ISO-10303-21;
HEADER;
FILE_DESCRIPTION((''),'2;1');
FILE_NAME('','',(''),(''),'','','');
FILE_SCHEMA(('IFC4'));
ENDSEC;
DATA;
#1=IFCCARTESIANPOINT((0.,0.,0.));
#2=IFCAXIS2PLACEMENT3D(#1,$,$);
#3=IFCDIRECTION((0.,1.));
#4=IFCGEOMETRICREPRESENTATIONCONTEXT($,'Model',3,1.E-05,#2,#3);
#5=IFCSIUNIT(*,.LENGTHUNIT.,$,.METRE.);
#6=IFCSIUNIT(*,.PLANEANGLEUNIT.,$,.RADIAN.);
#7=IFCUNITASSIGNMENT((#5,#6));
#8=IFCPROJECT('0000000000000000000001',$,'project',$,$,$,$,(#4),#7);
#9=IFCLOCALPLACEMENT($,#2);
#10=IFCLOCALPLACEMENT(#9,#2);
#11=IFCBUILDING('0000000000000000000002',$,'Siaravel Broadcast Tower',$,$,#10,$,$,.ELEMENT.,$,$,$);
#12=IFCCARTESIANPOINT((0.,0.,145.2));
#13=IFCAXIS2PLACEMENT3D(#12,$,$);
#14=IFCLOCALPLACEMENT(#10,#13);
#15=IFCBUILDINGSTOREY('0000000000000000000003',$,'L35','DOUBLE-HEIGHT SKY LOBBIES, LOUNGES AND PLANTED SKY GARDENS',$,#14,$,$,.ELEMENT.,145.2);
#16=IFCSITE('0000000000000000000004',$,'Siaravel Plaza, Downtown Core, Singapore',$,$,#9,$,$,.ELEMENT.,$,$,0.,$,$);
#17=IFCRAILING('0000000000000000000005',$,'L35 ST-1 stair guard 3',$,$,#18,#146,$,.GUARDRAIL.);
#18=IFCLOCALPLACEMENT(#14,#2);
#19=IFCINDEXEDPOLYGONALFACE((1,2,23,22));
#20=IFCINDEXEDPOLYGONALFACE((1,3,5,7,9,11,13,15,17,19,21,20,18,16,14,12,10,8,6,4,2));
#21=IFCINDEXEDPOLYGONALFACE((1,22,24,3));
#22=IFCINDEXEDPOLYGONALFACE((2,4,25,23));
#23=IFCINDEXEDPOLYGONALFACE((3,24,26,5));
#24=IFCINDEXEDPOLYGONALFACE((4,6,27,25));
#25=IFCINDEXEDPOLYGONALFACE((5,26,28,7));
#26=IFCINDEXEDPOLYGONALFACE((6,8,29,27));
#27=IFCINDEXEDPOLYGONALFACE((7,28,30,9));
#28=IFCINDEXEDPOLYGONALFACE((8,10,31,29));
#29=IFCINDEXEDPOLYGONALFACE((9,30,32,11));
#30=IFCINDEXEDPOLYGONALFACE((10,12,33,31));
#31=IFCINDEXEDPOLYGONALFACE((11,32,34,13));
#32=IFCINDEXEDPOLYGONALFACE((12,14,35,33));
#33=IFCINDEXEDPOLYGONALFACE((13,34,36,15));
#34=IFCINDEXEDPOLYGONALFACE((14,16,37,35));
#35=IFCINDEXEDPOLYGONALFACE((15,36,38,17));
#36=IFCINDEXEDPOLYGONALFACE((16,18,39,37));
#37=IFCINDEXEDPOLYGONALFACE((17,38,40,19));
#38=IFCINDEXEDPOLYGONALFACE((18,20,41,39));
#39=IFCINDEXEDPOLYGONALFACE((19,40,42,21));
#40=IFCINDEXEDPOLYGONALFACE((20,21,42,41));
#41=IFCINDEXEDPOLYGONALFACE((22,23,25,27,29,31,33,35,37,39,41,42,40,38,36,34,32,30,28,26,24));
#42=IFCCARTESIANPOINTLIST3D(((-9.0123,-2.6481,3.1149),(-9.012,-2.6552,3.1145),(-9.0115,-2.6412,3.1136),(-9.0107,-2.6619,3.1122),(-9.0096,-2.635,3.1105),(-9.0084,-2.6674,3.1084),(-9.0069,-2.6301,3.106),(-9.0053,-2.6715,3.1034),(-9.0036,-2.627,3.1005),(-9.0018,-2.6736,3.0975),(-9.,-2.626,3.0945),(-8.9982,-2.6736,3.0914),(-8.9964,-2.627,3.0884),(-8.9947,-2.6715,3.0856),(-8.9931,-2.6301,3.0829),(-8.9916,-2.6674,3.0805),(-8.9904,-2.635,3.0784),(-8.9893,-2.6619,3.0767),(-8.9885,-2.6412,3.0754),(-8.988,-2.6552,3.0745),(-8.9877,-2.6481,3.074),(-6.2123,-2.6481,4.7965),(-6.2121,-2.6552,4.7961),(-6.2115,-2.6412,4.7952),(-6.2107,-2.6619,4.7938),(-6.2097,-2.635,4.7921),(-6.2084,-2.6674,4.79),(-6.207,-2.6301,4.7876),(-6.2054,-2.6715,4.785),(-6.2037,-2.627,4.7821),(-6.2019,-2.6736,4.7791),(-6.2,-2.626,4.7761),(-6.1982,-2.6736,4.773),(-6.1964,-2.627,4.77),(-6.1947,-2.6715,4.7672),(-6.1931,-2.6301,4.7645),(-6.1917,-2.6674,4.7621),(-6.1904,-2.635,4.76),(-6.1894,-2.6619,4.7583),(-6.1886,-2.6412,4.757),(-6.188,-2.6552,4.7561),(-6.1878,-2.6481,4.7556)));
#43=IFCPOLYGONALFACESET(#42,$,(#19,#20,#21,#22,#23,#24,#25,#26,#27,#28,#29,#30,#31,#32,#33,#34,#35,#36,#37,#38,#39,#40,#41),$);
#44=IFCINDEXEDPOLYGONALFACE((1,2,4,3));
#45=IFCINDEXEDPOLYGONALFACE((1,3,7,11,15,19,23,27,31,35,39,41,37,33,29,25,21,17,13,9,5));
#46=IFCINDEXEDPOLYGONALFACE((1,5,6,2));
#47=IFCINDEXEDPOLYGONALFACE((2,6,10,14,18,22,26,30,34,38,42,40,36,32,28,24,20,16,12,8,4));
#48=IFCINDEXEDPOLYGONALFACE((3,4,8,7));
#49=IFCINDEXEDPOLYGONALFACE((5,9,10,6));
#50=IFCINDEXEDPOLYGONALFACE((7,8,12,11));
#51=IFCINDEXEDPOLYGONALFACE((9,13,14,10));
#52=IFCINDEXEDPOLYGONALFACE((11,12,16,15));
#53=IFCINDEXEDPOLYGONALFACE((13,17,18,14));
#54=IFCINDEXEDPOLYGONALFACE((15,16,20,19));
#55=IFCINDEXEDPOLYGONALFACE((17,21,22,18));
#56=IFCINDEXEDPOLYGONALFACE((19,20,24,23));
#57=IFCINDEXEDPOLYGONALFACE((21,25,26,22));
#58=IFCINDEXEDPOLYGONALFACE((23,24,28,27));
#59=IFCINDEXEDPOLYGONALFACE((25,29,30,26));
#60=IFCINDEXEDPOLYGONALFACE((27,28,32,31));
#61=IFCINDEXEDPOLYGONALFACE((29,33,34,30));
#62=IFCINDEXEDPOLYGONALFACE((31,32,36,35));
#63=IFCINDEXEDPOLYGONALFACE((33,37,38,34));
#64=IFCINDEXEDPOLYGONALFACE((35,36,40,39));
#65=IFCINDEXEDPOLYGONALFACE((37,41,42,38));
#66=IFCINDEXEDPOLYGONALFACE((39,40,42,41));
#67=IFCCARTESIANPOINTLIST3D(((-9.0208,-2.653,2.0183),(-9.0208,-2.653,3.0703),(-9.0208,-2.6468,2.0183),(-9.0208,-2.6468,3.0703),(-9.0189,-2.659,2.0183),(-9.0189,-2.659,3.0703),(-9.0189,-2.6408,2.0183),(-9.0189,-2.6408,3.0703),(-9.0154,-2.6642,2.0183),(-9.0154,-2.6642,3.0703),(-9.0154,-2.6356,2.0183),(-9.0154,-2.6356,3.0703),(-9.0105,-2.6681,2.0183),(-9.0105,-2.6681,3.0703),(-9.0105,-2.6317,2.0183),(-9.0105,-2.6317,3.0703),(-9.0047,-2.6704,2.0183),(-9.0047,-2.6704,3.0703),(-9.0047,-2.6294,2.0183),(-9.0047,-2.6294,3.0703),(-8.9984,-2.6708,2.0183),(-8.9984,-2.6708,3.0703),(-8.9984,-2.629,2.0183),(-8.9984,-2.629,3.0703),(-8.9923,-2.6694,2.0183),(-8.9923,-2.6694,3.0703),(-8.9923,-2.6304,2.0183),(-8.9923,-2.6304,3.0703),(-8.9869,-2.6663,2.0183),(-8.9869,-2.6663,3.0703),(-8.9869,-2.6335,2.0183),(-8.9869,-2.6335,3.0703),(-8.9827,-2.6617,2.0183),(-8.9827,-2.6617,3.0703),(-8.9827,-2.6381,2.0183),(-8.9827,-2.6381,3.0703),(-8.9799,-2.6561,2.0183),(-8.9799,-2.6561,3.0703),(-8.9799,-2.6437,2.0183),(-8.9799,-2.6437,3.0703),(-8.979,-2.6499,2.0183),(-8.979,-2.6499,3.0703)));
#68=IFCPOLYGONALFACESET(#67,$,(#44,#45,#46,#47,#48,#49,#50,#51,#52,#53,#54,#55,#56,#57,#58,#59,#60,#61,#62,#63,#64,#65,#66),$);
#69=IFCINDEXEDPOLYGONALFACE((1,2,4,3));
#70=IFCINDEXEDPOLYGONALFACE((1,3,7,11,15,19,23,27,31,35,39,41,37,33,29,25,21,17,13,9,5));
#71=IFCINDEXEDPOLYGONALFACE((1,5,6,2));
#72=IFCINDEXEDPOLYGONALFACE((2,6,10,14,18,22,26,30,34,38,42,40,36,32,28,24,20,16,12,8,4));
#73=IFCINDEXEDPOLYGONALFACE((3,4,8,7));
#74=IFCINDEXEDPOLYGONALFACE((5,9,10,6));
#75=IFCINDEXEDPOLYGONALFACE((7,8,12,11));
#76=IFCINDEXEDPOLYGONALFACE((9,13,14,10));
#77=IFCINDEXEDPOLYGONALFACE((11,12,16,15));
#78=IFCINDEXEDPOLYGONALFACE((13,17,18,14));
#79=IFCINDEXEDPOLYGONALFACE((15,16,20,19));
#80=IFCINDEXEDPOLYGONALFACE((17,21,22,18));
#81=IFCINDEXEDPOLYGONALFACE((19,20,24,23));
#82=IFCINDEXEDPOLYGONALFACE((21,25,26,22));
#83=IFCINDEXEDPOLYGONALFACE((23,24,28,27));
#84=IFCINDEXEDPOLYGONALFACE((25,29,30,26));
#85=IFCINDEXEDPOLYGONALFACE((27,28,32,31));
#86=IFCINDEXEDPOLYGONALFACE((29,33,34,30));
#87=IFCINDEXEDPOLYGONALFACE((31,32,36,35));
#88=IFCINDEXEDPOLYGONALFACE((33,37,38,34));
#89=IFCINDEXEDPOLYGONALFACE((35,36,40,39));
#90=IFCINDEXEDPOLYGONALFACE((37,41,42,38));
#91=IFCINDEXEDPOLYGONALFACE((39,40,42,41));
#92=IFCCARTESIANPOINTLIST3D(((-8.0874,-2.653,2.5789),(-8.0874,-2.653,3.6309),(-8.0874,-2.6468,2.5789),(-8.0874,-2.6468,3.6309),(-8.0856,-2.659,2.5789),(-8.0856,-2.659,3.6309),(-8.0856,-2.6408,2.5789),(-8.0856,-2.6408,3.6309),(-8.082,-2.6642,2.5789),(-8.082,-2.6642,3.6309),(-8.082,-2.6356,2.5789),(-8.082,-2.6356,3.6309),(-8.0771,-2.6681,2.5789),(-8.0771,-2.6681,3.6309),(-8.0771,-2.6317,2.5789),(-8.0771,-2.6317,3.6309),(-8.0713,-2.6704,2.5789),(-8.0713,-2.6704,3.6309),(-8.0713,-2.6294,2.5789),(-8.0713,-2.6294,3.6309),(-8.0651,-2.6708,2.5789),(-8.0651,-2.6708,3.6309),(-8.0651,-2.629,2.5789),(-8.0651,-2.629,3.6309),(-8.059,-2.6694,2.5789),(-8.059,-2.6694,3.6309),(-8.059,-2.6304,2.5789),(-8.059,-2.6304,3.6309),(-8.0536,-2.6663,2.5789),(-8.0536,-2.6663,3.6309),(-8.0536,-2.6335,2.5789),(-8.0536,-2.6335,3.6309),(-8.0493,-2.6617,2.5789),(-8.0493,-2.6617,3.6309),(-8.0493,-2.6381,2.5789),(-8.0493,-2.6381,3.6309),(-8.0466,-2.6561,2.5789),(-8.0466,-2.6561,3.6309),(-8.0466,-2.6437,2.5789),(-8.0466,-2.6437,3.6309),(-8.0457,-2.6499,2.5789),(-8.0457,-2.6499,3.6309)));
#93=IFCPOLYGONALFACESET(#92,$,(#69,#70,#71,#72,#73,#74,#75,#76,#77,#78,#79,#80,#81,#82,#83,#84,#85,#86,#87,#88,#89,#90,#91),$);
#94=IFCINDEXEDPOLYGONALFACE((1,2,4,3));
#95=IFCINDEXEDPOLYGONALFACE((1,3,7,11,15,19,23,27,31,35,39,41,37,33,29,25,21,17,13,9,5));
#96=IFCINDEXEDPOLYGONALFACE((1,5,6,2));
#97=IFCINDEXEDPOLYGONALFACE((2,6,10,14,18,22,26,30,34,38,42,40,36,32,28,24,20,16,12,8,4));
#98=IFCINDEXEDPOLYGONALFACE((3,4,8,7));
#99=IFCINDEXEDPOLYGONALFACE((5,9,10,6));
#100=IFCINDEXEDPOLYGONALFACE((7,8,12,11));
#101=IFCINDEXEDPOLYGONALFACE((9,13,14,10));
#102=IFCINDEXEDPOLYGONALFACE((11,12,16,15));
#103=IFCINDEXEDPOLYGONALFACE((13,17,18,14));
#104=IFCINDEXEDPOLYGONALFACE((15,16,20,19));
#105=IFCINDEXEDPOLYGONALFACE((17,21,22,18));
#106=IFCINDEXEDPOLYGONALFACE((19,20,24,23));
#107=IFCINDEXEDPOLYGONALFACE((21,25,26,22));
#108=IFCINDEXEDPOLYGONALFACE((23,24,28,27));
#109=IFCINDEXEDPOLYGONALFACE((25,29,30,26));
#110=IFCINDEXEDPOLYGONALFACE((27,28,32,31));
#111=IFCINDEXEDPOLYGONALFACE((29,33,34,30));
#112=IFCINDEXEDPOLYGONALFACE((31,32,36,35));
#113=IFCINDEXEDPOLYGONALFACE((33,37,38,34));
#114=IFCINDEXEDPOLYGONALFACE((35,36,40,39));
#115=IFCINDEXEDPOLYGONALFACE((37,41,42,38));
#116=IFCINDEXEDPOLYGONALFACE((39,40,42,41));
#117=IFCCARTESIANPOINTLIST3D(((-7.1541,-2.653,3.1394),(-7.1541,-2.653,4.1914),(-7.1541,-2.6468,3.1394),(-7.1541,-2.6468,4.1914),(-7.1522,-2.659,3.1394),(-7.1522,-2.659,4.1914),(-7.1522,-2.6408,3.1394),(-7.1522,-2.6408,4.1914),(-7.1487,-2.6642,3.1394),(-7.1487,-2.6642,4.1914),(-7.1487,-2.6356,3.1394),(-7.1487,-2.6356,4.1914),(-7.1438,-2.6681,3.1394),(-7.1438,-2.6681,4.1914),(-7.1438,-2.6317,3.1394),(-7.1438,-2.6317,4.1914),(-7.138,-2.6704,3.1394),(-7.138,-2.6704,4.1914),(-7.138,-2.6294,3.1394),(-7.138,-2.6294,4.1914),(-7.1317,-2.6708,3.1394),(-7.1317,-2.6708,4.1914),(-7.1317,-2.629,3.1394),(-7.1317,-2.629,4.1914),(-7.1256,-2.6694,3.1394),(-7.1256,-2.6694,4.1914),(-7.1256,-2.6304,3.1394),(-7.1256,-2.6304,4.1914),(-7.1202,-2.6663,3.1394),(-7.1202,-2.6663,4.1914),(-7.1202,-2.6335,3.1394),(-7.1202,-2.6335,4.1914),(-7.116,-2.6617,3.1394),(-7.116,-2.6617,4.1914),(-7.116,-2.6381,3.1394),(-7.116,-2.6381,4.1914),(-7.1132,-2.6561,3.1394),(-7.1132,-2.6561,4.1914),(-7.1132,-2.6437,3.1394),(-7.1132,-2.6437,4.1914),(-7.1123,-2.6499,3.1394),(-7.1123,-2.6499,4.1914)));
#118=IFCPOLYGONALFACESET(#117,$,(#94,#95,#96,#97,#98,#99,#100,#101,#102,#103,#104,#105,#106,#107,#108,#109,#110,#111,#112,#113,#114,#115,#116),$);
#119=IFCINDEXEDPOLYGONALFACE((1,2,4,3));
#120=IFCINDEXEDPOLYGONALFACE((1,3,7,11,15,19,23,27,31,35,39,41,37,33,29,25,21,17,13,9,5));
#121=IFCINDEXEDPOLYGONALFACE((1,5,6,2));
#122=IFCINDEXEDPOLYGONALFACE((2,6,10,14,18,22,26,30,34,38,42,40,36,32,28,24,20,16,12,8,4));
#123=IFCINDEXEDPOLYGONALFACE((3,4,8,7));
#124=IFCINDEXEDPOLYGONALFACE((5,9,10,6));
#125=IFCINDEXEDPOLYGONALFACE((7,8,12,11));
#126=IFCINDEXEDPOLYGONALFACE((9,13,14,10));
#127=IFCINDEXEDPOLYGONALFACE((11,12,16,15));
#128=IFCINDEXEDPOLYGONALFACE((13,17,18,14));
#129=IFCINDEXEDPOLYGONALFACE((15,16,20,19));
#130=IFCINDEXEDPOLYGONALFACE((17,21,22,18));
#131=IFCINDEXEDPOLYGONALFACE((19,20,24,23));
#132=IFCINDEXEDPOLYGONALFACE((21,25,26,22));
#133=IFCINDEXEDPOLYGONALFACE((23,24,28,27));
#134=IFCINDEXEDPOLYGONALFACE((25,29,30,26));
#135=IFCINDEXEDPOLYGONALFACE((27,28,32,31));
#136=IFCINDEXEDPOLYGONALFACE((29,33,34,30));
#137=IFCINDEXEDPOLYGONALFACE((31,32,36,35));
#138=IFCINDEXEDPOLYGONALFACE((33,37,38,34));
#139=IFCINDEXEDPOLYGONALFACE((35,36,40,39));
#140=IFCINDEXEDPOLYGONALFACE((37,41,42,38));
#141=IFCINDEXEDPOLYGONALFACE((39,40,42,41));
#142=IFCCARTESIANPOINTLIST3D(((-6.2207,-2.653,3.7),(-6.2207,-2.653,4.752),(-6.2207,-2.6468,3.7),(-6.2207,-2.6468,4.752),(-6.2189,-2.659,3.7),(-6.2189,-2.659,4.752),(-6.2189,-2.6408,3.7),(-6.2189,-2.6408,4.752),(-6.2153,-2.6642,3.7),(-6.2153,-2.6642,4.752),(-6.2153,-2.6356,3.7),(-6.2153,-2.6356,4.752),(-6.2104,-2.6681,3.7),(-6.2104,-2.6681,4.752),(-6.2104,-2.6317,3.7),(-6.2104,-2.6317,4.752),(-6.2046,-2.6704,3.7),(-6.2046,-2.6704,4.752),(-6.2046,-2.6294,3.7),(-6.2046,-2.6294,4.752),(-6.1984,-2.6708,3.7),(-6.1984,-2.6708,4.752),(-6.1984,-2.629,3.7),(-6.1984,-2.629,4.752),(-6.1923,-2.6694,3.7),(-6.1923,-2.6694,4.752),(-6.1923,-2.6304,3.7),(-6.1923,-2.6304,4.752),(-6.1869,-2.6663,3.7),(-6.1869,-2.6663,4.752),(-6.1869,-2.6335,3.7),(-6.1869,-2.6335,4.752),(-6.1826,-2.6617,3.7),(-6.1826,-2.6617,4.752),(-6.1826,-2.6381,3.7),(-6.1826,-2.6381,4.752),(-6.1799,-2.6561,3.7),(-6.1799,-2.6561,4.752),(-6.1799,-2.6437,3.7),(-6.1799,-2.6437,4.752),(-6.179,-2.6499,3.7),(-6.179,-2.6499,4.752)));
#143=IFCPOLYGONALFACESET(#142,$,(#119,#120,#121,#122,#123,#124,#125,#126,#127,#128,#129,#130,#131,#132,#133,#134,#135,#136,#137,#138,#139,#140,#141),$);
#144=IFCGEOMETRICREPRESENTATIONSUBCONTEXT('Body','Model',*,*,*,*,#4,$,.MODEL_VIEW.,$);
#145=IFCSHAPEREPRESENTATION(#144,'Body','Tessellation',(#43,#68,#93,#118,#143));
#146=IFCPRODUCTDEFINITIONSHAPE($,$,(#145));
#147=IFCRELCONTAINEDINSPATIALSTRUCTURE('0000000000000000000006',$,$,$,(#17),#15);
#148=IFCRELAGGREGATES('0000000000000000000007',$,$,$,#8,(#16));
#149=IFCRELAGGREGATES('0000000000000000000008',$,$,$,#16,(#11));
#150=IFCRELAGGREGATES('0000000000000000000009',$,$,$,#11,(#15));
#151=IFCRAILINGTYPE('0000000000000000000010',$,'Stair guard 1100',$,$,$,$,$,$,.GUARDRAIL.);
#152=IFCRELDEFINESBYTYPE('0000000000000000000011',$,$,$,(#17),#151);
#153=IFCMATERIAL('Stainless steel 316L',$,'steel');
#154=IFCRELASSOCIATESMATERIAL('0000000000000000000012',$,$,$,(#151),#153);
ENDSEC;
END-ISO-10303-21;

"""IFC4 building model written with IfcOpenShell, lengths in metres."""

from ifc_helpers import new_model, si_unit, direction, frame, origin, origin_2d, place, context, subcontext, project, spatial, circle, extrude, material, type_object, element, save


model = new_model("IFC4")

# Units and contexts
model_context = context("Model", 3, precision=1e-05, world=origin(), true_north=direction((0.0, 1.0)))
body_context = subcontext(model_context, "Body", "Model", "MODEL_VIEW")
ifc_project = project(units=[si_unit("LENGTHUNIT", "METRE"), si_unit("PLANEANGLEUNIT", "RADIAN")], contexts=[model_context])

# Site, building, storey
site_placement = place(None, origin())
site = spatial("IfcSite", under=ifc_project, at=site_placement, Name="Siaravel Plaza, Downtown Core, Singapore", CompositionType="ELEMENT", RefElevation=0.0)
building_placement = place(site_placement, origin())
building = spatial("IfcBuilding", under=site, at=building_placement, Name="Siaravel Broadcast Tower", CompositionType="ELEMENT")
storey_placement = place(building_placement, frame((0.0, 0.0, 145.2)))
storey = spatial("IfcBuildingStorey", under=building, at=storey_placement, Name="L35", Description="DOUBLE-HEIGHT SKY LOBBIES, LOUNGES AND PLANTED SKY GARDENS", CompositionType="ELEMENT", Elevation=145.2)

# Railing
ifc_material_1 = material(Name="Stainless steel 316L", Category="steel")
railing_type_1 = type_object("IfcRailingType", Name="Stair guard 1100", PredefinedType="GUARDRAIL", material=ifc_material_1)
railing_1_placement = place(storey_placement, frame((-9.0, -2.6499, 2.0183)))
element("IfcRailing", 1, at=railing_1_placement, inside=storey, type_object=railing_type_1, Name="L35 ST-1 stair guard 3", PredefinedType="GUARDRAIL", context=body_context, shape_type="SweptSolid", body=[
    extrude(circle(Radius=0.0239, at=origin_2d()), frame((0.0, 0.0, 1.0762), z_axis=(0.857275, 0.0, 0.514858), x_axis=(0.0, 1.0, 0.0)), (0.0, 0.0, 1.0), 3.2661),
    extrude(circle(Radius=0.021, at=origin_2d()), origin(), (0.0, 0.0, 1.0), 1.052),
    extrude(circle(Radius=0.021, at=origin_2d()), frame((0.9333, 0.0, 0.5605)), (0.0, 0.0, 1.0), 1.052),
    extrude(circle(Radius=0.021, at=origin_2d()), frame((1.8667, 0.0, 1.1211)), (0.0, 0.0, 1.0), 1.052),
    extrude(circle(Radius=0.021, at=origin_2d()), frame((2.8, 0.0, 1.6816)), (0.0, 0.0, 1.0), 1.052),
])

save(model, "model.ifc")
